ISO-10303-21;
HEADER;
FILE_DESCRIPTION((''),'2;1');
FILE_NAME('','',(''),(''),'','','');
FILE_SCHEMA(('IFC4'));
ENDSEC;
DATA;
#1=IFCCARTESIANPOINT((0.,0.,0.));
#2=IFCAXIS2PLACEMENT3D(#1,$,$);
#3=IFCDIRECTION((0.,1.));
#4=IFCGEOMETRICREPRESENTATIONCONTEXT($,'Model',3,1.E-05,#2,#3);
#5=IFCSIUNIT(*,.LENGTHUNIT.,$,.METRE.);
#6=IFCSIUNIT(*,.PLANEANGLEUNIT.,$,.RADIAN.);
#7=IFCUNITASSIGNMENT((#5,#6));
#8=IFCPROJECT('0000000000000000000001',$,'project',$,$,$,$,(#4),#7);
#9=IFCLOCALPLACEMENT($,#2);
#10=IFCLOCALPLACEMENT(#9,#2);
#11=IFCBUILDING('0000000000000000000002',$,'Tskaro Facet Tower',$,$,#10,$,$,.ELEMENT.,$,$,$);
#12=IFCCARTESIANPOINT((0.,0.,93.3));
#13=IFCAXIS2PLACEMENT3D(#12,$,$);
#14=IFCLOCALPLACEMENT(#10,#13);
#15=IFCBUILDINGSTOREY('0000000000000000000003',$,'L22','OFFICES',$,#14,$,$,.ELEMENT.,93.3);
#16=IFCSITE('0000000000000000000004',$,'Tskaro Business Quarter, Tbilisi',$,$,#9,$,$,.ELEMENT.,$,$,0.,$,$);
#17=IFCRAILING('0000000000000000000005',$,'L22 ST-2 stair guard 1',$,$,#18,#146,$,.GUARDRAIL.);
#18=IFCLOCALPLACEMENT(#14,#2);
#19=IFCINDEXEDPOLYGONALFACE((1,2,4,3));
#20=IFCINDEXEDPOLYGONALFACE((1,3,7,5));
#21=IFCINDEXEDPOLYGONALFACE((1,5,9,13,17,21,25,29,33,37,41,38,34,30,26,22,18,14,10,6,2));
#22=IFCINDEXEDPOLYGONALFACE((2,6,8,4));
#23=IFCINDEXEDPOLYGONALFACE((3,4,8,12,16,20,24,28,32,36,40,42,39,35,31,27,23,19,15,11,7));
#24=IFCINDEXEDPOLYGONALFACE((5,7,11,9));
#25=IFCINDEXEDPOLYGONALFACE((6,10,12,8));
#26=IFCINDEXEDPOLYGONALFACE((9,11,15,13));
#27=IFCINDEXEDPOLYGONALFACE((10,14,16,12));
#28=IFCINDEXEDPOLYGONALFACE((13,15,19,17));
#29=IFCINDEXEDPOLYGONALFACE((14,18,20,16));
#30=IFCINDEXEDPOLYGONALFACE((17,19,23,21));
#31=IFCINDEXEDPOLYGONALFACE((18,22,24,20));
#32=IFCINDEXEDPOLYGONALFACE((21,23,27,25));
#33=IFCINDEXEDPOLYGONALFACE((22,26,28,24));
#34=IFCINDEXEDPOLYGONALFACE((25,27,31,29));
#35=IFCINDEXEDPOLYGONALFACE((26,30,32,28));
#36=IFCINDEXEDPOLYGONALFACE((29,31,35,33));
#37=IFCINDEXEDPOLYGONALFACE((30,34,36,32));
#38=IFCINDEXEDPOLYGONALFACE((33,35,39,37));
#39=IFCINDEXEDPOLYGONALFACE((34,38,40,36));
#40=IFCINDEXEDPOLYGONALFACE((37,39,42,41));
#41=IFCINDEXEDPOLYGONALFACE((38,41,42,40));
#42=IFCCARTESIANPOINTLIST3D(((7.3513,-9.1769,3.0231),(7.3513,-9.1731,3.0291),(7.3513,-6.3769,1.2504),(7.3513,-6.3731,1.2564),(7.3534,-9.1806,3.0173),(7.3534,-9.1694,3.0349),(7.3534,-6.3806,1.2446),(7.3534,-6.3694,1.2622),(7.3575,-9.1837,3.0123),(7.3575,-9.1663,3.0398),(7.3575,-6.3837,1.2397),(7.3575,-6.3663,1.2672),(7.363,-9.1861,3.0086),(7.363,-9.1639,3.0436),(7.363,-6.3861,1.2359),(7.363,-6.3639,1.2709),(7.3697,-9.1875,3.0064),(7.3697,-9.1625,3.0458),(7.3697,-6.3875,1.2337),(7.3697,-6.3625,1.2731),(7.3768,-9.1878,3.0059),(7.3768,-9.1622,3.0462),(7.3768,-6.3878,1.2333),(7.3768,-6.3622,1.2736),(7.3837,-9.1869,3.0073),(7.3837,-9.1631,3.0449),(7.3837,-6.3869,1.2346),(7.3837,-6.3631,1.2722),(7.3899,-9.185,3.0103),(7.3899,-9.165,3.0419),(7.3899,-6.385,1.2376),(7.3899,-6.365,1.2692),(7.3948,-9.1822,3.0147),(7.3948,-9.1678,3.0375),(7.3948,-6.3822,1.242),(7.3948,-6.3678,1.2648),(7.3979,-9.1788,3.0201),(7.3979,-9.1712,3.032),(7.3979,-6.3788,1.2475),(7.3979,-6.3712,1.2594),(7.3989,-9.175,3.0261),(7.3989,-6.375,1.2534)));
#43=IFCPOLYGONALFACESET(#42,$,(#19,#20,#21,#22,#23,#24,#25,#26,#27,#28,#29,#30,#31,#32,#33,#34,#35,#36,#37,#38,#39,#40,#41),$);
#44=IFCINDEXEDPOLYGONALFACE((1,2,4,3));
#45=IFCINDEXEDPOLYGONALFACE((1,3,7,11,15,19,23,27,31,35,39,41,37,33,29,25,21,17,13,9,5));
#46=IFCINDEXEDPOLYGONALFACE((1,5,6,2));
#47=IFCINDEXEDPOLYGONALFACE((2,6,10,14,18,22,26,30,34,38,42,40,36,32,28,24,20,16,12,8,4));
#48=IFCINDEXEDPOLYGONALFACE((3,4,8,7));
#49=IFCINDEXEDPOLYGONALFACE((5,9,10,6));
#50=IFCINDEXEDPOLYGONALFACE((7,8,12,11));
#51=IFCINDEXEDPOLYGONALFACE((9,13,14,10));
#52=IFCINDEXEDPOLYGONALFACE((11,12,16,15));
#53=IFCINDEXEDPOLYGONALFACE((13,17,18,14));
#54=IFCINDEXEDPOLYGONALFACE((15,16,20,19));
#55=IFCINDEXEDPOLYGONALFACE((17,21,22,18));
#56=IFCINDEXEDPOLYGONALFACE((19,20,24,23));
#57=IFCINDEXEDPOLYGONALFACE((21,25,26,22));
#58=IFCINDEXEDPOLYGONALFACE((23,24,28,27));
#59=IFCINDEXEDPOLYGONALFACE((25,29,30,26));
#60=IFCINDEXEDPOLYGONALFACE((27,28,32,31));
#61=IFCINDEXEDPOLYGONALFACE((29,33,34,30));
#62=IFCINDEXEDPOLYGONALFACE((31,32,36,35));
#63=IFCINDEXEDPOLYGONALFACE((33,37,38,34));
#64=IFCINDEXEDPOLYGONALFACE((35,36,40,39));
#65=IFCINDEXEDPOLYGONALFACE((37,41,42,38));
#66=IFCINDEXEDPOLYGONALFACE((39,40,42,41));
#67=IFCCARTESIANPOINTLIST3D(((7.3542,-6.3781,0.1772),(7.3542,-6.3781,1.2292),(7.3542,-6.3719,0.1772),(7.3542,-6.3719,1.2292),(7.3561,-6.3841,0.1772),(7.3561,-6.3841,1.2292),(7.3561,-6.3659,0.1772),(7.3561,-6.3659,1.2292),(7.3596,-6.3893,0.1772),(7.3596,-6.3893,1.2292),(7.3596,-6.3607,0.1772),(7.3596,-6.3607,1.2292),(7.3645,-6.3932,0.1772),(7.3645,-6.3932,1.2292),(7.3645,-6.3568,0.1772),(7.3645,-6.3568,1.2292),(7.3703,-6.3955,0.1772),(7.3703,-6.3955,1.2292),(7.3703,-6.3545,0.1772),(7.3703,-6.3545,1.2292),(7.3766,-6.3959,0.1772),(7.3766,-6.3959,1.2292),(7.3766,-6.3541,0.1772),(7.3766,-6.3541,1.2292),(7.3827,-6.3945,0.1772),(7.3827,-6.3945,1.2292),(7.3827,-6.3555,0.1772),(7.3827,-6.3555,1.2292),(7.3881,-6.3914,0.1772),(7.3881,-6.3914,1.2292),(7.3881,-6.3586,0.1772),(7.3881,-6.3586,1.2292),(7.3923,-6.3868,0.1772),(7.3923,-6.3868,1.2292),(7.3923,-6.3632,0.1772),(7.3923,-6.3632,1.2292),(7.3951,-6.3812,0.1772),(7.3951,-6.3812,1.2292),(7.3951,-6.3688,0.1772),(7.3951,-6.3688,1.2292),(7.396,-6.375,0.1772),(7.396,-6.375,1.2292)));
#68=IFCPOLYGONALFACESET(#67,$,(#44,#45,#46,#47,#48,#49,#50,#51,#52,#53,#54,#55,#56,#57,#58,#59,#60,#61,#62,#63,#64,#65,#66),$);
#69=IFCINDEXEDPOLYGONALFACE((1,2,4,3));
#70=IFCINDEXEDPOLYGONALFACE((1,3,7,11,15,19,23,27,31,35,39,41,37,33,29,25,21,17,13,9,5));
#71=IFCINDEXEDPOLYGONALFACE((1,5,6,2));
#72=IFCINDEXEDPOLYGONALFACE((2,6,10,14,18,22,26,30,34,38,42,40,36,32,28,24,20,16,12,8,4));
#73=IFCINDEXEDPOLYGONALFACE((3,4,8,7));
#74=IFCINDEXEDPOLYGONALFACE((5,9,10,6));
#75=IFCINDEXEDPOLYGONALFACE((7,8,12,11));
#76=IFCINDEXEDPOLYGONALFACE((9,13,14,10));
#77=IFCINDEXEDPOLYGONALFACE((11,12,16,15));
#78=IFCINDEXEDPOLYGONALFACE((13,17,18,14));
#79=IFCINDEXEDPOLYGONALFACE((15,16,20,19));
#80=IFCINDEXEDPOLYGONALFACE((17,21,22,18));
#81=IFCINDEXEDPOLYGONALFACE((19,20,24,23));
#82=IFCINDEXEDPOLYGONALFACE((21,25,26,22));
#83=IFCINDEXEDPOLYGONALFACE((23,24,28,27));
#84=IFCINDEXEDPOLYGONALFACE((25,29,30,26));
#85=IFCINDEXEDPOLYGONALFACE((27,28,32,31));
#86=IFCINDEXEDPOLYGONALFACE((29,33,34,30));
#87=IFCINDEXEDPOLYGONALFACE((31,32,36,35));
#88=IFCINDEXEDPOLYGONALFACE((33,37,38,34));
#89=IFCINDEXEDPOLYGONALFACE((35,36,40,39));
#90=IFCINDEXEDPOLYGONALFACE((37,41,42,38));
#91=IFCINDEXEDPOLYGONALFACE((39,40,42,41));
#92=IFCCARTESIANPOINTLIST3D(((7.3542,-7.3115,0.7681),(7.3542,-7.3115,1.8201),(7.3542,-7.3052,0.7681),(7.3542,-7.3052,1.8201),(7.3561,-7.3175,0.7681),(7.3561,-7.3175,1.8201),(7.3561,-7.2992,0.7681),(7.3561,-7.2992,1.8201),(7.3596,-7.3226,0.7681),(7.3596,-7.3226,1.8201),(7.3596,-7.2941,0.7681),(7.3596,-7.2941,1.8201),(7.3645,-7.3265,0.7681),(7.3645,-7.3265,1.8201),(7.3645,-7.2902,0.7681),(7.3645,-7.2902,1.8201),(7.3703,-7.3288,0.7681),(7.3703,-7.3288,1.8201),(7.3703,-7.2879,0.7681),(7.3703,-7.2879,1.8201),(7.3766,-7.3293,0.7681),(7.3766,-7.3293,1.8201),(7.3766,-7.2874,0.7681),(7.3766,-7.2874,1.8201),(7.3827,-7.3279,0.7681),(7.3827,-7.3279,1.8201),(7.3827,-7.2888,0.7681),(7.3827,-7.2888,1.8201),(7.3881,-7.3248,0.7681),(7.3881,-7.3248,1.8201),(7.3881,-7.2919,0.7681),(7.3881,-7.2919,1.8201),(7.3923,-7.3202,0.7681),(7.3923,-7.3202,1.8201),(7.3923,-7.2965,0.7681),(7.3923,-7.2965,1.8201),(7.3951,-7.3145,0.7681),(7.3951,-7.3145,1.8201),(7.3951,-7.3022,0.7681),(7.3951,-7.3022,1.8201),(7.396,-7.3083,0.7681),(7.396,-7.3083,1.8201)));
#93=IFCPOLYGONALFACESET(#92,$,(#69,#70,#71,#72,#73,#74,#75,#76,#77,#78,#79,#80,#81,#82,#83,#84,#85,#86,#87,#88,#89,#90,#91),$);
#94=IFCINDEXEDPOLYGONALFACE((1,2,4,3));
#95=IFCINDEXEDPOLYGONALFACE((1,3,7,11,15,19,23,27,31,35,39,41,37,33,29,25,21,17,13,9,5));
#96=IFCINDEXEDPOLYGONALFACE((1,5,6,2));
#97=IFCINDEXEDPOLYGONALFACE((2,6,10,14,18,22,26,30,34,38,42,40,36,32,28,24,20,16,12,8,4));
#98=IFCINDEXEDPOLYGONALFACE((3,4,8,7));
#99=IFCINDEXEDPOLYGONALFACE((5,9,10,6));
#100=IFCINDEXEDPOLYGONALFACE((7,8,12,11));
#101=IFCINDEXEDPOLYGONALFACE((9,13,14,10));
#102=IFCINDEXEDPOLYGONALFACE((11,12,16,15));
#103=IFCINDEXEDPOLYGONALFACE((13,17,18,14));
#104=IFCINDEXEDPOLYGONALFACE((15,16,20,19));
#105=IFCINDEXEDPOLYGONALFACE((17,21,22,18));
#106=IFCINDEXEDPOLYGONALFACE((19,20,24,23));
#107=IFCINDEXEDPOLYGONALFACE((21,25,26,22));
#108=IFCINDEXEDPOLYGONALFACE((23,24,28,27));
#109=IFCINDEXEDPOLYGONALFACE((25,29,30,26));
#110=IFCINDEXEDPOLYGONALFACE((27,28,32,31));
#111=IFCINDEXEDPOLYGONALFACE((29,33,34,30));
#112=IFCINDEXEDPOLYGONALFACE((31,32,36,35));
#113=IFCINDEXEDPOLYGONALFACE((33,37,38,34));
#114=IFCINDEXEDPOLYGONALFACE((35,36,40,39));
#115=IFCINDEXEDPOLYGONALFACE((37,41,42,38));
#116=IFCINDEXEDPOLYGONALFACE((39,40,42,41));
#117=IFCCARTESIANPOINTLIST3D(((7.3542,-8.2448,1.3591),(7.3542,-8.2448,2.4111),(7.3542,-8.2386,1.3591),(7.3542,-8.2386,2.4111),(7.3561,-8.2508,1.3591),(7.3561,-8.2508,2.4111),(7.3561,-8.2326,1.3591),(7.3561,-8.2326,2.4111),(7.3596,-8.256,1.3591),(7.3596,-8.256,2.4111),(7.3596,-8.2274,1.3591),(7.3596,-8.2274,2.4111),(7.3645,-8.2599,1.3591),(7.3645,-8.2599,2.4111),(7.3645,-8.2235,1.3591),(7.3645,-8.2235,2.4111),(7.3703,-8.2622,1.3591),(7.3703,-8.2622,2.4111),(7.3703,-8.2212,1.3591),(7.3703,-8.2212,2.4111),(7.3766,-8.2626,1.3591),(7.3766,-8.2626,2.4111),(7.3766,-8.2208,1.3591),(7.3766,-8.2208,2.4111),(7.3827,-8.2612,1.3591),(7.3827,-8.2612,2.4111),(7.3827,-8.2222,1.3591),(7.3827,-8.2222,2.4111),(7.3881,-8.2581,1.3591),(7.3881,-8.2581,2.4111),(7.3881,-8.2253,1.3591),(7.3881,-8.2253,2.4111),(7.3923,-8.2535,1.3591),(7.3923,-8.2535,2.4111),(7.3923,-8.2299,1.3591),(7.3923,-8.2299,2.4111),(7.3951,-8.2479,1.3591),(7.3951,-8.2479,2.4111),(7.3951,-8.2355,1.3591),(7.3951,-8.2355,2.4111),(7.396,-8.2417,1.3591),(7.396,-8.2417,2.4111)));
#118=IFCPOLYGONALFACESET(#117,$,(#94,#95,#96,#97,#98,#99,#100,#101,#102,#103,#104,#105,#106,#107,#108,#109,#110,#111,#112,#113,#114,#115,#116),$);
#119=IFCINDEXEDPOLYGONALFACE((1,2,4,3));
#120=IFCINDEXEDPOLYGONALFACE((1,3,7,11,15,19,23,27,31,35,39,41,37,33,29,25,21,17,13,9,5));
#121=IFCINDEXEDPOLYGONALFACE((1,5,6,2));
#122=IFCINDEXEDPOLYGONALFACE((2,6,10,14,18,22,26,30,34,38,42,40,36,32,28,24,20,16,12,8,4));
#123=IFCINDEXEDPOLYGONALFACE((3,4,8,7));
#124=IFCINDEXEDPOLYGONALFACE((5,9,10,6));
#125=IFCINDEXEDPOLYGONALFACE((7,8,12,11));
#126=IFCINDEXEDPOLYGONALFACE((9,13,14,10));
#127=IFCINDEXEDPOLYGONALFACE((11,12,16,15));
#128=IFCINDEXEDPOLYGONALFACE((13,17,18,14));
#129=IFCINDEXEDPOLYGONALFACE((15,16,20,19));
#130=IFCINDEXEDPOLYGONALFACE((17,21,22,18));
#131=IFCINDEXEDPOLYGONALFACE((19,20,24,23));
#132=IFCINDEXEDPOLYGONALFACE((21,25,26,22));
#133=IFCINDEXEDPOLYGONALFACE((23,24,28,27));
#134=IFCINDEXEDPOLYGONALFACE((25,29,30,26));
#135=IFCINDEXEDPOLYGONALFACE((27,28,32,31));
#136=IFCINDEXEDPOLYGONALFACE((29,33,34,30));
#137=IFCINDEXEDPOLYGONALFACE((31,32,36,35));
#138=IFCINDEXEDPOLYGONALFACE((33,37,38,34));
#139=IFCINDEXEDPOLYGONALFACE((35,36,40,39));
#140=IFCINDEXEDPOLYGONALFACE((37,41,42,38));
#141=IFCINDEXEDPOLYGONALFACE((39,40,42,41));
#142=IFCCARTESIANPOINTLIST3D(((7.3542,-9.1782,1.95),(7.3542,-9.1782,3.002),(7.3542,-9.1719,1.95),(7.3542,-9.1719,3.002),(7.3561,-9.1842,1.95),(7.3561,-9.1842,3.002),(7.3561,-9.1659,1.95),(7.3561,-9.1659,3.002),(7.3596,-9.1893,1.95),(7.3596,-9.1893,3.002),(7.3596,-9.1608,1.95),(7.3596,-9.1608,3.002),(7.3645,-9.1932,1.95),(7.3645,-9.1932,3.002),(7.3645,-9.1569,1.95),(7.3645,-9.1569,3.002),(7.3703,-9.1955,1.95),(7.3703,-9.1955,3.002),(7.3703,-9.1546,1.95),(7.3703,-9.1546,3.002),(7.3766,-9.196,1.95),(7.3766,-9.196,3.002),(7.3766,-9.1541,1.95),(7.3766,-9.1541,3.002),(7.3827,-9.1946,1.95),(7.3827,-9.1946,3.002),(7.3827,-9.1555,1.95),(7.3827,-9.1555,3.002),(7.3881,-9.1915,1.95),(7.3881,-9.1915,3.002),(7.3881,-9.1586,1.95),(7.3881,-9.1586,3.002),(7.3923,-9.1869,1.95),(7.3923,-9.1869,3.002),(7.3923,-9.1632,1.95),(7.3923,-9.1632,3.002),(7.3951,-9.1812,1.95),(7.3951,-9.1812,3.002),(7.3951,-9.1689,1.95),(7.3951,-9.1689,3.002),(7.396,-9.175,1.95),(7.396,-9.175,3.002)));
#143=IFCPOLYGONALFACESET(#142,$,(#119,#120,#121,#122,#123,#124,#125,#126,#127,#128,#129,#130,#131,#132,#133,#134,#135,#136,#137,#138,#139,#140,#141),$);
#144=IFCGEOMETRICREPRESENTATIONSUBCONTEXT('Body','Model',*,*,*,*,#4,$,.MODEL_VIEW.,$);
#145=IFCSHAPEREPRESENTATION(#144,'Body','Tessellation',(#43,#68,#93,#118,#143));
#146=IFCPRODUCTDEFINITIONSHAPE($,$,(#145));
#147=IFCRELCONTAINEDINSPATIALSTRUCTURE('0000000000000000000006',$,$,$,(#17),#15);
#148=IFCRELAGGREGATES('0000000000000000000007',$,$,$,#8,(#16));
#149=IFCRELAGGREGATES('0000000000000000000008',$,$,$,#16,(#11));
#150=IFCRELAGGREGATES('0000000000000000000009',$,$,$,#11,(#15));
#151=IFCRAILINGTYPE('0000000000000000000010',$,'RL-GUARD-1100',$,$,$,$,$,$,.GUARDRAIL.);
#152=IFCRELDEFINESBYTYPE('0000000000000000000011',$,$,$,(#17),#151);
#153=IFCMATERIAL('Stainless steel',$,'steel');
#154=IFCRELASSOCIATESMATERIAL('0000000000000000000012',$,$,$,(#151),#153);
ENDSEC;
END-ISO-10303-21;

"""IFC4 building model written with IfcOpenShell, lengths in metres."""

from ifc_helpers import new_model, si_unit, direction, frame, origin, origin_2d, place, context, subcontext, project, spatial, circle, extrude, material, type_object, element, save


model = new_model("IFC4")

# Units and contexts
model_context = context("Model", 3, precision=1e-05, world=origin(), true_north=direction((0.0, 1.0)))
body_context = subcontext(model_context, "Body", "Model", "MODEL_VIEW")
ifc_project = project(units=[si_unit("LENGTHUNIT", "METRE"), si_unit("PLANEANGLEUNIT", "RADIAN")], contexts=[model_context])

# Site, building, storey
site_placement = place(None, origin())
site = spatial("IfcSite", under=ifc_project, at=site_placement, Name="Tskaro Business Quarter, Tbilisi", CompositionType="ELEMENT", RefElevation=0.0)
building_placement = place(site_placement, origin())
building = spatial("IfcBuilding", under=site, at=building_placement, Name="Tskaro Facet Tower", CompositionType="ELEMENT")
storey_placement = place(building_placement, frame((0.0, 0.0, 93.3)))
storey = spatial("IfcBuildingStorey", under=building, at=storey_placement, Name="L22", Description="OFFICES", CompositionType="ELEMENT", Elevation=93.3)

# Railing
ifc_material_1 = material(Name="Stainless steel", Category="steel")
railing_type_1 = type_object("IfcRailingType", Name="RL-GUARD-1100", PredefinedType="GUARDRAIL", material=ifc_material_1)
railing_1_placement = place(storey_placement, frame((7.375, -6.375, 0.1772)))
element("IfcRailing", 1, at=railing_1_placement, inside=storey, type_object=railing_type_1, Name="L22 ST-2 stair guard 1", PredefinedType="GUARDRAIL", context=body_context, shape_type="SweptSolid", body=[
    extrude(circle(Radius=0.0239, at=origin_2d()), frame((0.0, 0.0, 1.0762), z_axis=(0.0, -0.844909, 0.53491), x_axis=(1.0, 0.0, 0.0)), (0.0, 0.0, 1.0), 3.314),
    extrude(circle(Radius=0.021, at=origin_2d()), origin(), (0.0, 0.0, 1.0), 1.052),
    extrude(circle(Radius=0.021, at=origin_2d()), frame((0.0, -0.9333, 0.5908)), (0.0, 0.0, 1.0), 1.052),
    extrude(circle(Radius=0.021, at=origin_2d()), frame((0.0, -1.8667, 1.1819)), (0.0, 0.0, 1.0), 1.052),
    extrude(circle(Radius=0.021, at=origin_2d()), frame((0.0, -2.8, 1.7727)), (0.0, 0.0, 1.0), 1.052),
])

save(model, "model.ifc")
